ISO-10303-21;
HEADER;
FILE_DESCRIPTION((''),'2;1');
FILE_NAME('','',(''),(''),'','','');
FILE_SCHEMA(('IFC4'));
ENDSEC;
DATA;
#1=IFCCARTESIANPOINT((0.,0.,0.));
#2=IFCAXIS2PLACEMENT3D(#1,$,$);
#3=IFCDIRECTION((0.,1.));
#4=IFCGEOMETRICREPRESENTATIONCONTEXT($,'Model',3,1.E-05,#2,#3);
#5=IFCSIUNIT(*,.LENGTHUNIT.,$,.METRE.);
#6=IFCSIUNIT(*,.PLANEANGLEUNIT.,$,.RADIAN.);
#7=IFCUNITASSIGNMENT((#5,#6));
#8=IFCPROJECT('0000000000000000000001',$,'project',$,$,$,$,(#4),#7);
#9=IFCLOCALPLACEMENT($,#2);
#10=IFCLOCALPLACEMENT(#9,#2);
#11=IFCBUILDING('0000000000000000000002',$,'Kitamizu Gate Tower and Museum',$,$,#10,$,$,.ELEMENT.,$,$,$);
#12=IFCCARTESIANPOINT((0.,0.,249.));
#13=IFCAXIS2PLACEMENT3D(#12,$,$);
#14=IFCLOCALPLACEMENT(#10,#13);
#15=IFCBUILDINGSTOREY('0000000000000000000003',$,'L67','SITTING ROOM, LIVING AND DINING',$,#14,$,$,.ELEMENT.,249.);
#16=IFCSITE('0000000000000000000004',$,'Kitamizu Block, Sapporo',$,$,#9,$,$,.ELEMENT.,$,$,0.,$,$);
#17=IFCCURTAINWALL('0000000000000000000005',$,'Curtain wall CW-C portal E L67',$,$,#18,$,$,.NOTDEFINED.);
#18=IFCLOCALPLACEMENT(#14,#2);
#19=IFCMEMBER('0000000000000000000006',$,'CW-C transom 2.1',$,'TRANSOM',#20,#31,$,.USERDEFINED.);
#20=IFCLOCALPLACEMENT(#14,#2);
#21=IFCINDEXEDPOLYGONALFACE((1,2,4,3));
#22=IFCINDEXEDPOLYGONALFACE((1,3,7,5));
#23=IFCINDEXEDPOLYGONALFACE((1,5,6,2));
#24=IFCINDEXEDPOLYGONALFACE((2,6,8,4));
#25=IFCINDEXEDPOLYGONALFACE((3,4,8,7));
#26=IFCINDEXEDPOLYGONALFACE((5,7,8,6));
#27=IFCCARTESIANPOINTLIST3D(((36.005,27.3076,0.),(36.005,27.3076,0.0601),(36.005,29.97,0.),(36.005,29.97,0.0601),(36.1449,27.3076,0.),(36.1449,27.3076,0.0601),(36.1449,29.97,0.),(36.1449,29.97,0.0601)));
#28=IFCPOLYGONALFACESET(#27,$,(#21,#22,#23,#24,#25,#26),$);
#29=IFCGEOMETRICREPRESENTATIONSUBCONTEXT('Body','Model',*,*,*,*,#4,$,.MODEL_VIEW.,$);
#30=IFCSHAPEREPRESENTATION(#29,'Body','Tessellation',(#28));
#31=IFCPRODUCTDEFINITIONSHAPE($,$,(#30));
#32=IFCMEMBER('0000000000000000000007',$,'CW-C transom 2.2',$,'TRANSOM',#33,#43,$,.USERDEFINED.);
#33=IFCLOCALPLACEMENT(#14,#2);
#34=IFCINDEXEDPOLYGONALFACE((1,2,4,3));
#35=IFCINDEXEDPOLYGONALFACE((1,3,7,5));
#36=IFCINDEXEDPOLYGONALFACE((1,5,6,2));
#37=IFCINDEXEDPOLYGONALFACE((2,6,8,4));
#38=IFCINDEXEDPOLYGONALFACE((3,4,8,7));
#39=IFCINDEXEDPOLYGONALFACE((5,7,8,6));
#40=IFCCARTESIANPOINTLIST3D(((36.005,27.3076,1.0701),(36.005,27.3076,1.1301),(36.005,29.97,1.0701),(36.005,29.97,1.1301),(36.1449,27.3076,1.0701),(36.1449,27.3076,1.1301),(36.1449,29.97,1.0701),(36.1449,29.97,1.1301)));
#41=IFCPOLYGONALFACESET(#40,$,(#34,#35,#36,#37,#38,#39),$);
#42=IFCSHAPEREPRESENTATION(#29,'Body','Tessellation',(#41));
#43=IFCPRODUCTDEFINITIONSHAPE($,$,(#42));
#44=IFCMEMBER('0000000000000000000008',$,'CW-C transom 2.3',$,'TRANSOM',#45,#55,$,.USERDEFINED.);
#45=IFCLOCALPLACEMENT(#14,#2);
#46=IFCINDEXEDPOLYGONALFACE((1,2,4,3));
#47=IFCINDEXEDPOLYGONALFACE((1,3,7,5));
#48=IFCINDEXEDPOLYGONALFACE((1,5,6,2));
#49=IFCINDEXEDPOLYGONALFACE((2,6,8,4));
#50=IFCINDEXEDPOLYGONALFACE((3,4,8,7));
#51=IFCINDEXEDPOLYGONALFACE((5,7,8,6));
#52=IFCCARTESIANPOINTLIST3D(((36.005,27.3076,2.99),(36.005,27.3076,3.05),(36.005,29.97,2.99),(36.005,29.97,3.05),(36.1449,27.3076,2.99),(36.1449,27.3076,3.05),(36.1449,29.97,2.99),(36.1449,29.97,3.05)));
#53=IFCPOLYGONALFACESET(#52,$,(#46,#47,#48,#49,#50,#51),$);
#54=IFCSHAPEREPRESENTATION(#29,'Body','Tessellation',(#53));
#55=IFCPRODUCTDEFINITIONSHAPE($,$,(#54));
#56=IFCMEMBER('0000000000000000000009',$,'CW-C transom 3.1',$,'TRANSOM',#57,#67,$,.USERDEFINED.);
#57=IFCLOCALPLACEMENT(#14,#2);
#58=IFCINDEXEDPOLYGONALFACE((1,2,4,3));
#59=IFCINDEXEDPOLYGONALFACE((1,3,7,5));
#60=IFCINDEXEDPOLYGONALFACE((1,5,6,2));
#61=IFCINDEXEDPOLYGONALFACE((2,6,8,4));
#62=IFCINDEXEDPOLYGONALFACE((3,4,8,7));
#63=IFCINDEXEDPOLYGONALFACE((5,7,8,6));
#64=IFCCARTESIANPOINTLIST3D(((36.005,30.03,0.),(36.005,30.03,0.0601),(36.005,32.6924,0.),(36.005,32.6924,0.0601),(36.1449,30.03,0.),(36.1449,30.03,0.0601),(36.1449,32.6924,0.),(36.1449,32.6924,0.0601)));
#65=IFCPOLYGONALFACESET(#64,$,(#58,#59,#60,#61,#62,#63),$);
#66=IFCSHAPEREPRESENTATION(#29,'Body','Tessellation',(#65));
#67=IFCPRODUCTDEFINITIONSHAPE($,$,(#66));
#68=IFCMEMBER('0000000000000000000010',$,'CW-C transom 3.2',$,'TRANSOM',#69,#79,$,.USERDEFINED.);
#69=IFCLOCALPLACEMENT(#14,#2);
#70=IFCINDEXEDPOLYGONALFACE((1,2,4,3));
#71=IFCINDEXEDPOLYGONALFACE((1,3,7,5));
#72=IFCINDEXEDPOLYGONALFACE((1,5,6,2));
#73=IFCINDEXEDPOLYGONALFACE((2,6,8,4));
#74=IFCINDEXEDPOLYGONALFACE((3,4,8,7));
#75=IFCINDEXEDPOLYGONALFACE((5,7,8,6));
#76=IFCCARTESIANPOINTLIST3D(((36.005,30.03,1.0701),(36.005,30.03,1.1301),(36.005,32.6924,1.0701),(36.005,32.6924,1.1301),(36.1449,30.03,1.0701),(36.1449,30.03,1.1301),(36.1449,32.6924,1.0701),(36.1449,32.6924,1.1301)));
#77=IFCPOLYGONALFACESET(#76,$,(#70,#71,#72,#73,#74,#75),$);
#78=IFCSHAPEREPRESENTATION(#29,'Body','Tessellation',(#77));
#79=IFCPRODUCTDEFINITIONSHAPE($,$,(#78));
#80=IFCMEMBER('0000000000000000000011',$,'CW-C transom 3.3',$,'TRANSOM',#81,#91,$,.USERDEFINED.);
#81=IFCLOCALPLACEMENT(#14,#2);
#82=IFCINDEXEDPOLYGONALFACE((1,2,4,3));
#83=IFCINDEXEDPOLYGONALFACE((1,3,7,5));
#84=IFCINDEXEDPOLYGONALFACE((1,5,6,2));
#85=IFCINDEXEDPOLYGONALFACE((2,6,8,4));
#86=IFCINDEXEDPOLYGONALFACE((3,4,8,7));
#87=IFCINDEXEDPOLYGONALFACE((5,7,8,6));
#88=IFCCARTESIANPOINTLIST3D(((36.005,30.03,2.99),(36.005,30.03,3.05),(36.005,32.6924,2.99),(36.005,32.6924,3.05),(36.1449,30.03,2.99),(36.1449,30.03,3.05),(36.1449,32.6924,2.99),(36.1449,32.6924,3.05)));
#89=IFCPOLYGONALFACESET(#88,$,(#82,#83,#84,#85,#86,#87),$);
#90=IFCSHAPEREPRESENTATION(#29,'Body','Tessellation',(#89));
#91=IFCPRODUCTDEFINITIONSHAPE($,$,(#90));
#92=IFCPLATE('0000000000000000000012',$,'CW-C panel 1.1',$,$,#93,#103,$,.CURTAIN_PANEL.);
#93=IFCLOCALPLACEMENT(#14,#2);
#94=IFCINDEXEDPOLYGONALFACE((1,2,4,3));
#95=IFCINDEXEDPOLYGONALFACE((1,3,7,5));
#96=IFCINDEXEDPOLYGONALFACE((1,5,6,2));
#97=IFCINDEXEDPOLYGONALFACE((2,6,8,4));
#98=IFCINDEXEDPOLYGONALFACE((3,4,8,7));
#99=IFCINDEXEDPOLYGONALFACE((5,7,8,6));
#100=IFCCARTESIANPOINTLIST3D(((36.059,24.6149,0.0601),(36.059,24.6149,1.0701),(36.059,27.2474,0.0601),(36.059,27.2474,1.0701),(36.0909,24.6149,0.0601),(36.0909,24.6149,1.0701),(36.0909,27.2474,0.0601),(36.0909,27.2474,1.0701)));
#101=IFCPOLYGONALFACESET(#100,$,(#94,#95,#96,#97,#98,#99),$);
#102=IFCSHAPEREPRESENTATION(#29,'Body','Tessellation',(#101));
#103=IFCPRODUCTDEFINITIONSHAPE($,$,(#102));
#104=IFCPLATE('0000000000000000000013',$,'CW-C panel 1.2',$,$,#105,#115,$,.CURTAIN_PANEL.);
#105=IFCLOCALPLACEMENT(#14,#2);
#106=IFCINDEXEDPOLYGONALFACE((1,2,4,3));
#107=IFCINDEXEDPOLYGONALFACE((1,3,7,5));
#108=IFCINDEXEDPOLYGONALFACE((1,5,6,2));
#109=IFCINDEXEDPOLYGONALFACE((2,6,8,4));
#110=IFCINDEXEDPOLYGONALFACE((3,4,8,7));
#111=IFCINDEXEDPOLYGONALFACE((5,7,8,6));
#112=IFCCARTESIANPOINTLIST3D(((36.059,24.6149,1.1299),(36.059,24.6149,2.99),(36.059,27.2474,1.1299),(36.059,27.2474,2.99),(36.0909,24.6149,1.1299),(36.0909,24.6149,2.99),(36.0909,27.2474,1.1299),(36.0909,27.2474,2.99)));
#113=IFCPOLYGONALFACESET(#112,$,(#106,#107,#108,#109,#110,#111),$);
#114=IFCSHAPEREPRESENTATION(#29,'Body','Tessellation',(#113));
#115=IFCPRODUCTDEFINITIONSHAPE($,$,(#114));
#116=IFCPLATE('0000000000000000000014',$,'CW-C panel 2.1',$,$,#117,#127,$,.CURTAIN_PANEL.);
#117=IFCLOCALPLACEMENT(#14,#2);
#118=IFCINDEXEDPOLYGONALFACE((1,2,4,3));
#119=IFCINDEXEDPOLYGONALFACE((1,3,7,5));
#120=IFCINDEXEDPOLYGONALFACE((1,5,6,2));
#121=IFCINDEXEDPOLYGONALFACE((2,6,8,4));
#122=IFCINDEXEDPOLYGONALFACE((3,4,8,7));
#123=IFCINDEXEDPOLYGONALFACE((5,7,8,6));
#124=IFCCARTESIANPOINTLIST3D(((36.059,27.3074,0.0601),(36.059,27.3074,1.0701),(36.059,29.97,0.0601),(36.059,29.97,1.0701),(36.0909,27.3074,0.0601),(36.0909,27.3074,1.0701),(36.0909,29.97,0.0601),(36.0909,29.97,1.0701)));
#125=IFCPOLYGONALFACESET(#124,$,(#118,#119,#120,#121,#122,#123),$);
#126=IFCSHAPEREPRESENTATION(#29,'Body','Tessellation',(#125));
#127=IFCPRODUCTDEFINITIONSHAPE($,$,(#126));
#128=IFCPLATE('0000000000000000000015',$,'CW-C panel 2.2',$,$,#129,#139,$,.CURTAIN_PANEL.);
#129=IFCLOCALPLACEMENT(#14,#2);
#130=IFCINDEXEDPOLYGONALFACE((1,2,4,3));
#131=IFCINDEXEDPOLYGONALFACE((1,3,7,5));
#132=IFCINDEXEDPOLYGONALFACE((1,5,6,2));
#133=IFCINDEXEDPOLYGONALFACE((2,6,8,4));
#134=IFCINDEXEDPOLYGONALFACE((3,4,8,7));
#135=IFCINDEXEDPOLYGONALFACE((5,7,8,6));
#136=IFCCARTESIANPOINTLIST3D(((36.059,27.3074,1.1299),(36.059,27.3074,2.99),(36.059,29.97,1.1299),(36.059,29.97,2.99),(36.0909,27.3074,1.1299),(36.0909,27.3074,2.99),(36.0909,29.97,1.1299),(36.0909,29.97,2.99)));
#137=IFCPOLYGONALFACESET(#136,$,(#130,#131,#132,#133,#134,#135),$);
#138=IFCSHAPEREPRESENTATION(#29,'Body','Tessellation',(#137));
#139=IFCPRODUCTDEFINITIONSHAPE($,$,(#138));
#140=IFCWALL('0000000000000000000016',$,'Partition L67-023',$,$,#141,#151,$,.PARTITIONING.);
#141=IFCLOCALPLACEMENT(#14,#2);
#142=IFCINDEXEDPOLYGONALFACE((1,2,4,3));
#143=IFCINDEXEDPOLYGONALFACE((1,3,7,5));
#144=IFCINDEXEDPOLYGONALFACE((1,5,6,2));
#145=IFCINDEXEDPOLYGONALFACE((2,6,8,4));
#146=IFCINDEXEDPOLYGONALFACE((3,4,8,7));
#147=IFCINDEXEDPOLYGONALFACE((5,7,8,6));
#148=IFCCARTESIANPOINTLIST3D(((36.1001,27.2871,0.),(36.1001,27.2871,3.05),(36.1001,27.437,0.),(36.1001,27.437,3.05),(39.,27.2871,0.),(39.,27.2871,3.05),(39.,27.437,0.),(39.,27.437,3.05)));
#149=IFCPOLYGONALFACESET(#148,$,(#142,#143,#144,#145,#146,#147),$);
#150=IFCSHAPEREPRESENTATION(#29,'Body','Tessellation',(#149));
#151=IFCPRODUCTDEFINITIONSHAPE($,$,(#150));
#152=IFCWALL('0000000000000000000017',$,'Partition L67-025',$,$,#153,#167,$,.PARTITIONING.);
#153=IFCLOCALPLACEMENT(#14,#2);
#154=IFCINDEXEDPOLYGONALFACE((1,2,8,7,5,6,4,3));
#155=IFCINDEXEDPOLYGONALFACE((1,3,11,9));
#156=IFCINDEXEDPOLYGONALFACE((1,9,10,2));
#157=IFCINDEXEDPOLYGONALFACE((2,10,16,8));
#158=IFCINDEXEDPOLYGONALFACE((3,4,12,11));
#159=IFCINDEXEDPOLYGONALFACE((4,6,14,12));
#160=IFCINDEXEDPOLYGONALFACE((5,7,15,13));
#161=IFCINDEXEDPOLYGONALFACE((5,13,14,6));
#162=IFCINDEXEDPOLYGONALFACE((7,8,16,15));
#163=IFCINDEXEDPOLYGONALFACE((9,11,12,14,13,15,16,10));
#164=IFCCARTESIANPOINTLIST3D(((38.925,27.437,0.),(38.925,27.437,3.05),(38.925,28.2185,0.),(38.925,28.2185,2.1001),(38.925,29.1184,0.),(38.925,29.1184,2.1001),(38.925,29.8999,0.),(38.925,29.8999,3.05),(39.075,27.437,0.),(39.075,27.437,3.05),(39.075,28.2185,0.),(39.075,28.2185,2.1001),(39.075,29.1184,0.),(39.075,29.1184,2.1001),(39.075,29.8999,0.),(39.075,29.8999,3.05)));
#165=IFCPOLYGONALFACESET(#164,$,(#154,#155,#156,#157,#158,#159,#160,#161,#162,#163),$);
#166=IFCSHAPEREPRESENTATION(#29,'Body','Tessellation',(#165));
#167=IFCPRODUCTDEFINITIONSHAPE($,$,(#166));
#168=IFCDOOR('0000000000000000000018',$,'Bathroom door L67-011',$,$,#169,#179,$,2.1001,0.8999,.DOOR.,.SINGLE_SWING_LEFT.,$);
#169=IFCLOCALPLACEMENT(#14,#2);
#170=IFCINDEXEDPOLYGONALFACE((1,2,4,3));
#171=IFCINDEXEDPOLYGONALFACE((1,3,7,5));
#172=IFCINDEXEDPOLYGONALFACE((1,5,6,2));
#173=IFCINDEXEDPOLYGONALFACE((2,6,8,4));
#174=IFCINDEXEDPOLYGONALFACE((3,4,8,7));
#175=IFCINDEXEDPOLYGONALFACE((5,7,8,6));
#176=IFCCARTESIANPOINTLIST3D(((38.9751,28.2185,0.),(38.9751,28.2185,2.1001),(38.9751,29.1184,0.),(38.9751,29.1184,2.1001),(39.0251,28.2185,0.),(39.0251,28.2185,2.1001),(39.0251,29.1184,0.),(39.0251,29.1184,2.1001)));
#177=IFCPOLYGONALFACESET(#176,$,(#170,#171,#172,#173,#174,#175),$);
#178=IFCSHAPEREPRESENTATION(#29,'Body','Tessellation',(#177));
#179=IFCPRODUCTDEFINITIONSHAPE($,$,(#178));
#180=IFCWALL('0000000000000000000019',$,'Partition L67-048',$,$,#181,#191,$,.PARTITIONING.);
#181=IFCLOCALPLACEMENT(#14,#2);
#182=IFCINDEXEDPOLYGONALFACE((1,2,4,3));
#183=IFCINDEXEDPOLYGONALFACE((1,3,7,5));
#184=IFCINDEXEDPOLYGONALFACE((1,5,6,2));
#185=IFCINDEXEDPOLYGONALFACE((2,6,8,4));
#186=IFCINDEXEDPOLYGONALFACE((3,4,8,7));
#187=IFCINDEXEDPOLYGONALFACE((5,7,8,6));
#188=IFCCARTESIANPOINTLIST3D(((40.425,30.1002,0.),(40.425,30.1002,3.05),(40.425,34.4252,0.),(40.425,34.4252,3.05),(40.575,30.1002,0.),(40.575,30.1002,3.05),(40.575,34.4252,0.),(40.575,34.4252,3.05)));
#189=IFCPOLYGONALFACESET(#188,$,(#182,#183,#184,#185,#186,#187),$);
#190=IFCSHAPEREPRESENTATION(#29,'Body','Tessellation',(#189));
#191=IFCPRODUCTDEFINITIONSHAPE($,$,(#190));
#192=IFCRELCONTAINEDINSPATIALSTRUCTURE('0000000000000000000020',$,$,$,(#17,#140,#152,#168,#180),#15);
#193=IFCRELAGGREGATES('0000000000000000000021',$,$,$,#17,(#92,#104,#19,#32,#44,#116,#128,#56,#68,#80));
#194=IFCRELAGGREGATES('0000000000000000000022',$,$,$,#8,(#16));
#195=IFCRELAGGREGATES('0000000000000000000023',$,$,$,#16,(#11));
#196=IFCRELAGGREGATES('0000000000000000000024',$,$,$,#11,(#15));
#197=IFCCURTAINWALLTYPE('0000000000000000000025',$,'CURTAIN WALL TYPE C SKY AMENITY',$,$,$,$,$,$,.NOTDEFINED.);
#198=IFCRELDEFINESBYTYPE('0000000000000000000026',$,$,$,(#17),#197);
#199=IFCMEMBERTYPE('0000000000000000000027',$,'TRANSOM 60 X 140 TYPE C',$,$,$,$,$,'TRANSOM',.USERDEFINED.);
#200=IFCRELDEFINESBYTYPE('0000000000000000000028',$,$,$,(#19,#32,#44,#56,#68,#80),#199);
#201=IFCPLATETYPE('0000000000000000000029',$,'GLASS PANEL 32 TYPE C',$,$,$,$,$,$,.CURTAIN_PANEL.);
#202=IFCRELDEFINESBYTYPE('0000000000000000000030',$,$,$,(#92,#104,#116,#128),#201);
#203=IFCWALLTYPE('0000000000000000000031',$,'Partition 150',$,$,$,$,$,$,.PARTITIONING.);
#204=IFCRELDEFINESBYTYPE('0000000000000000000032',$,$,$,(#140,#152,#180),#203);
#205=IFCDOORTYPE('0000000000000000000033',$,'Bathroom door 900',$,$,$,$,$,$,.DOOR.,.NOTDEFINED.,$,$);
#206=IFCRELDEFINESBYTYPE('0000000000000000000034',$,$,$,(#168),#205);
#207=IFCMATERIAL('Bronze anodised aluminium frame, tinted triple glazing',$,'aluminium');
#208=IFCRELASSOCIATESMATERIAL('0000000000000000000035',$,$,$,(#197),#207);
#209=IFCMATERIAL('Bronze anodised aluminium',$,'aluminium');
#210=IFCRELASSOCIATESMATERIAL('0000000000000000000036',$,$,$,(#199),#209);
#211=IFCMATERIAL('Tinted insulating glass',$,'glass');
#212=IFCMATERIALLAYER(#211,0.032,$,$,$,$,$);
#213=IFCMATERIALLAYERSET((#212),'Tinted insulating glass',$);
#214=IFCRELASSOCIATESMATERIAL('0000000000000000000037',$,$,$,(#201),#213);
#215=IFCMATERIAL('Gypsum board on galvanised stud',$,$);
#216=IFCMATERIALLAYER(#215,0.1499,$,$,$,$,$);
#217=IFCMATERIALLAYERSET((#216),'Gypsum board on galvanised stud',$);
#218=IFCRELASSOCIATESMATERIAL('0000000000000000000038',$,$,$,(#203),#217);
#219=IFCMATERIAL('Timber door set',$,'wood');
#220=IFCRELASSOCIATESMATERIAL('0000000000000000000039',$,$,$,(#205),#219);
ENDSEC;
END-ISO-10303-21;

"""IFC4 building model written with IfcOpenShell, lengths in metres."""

from ifc_helpers import new_model, si_unit, direction, frame, frame_2d, origin, origin_2d, place, context, subcontext, project, spatial, rectangle, extrude, material, layer, layer_set, material_profile, profile_set, type_object, element, fill, aggregate, save


model = new_model("IFC4")

# Units and contexts
model_context = context("Model", 3, precision=1e-05, world=origin(), true_north=direction((0.0, 1.0)))
body_context = subcontext(model_context, "Body", "Model", "MODEL_VIEW")
ifc_project = project(units=[si_unit("LENGTHUNIT", "METRE"), si_unit("PLANEANGLEUNIT", "RADIAN")], contexts=[model_context])

# Site, building, storey
site_placement = place(None, origin())
site = spatial("IfcSite", under=ifc_project, at=site_placement, Name="Kitamizu Block, Sapporo", CompositionType="ELEMENT", RefElevation=0.0)
building_placement = place(site_placement, origin())
building = spatial("IfcBuilding", under=site, at=building_placement, Name="Kitamizu Gate Tower and Museum", CompositionType="ELEMENT")
storey_placement = place(building_placement, frame((0.0, 0.0, 249.0)))
storey = spatial("IfcBuildingStorey", under=building, at=storey_placement, Name="L67", Description="SITTING ROOM, LIVING AND DINING", CompositionType="ELEMENT", Elevation=249.0)

# Curtain wall, members, plates
ifc_material_1 = material(Name="Bronze anodised aluminium frame, tinted triple glazing", Category="aluminium")
curtain_wall_type = type_object("IfcCurtainWallType", Name="CURTAIN WALL TYPE C SKY AMENITY", PredefinedType="NOTDEFINED", material=ifc_material_1)
curtain_wall_placement = place(storey_placement, origin())
curtain_wall = element("IfcCurtainWall", 1, at=curtain_wall_placement, inside=storey, type_object=curtain_wall_type, Name="Curtain wall CW-C portal E L67", PredefinedType="NOTDEFINED")
ifc_material_2 = material(Name="Bronze anodised aluminium", Category="aluminium")
ifc_material_profile = material_profile(ifc_material_2, rectangle(XDim=0.1399, YDim=0.0601, at=origin_2d()), Name="AL 60X140")
ifc_profile_set = profile_set([ifc_material_profile], Name="Bronze anodised aluminium")
member_type = type_object("IfcMemberType", Name="TRANSOM 60 X 140 TYPE C", ElementType="TRANSOM", PredefinedType="USERDEFINED", material=ifc_profile_set)
member_1_placement = place(storey_placement, frame((36.075, 27.3076, 0.03), z_axis=(0.0, 1.0, 0.0), x_axis=(-1.0, 0.0, 0.0)))
member_1 = element("IfcMember", 2, at=member_1_placement, type_object=member_type, Name="CW-C transom 2.1", ObjectType="TRANSOM", PredefinedType="USERDEFINED", context=body_context, shape_type="SweptSolid", body=[
    extrude(rectangle(XDim=0.1399, YDim=0.0601, at=origin_2d()), origin(), (0.0, 0.0, 1.0), 2.6624),
])
member_2_placement = place(storey_placement, frame((36.075, 27.3076, 1.1001), z_axis=(0.0, 1.0, 0.0), x_axis=(-1.0, 0.0, 0.0)))
member_2 = element("IfcMember", 3, at=member_2_placement, type_object=member_type, Name="CW-C transom 2.2", ObjectType="TRANSOM", PredefinedType="USERDEFINED", context=body_context, shape_type="SweptSolid", body=[
    extrude(rectangle(XDim=0.1399, YDim=0.0601, at=origin_2d()), origin(), (0.0, 0.0, 1.0), 2.6624),
])
member_3_placement = place(storey_placement, frame((36.075, 27.3076, 3.02), z_axis=(0.0, 1.0, 0.0), x_axis=(-1.0, 0.0, 0.0)))
member_3 = element("IfcMember", 4, at=member_3_placement, type_object=member_type, Name="CW-C transom 2.3", ObjectType="TRANSOM", PredefinedType="USERDEFINED", context=body_context, shape_type="SweptSolid", body=[
    extrude(rectangle(XDim=0.1399, YDim=0.0601, at=origin_2d()), origin(), (0.0, 0.0, 1.0), 2.6624),
])
member_4_placement = place(storey_placement, frame((36.075, 30.03, 0.03), z_axis=(0.0, 1.0, 0.0), x_axis=(-1.0, 0.0, 0.0)))
member_4 = element("IfcMember", 5, at=member_4_placement, type_object=member_type, Name="CW-C transom 3.1", ObjectType="TRANSOM", PredefinedType="USERDEFINED", context=body_context, shape_type="SweptSolid", body=[
    extrude(rectangle(XDim=0.1399, YDim=0.0601, at=origin_2d()), origin(), (0.0, 0.0, 1.0), 2.6624),
])
member_5_placement = place(storey_placement, frame((36.075, 30.03, 1.1001), z_axis=(0.0, 1.0, 0.0), x_axis=(-1.0, 0.0, 0.0)))
member_5 = element("IfcMember", 6, at=member_5_placement, type_object=member_type, Name="CW-C transom 3.2", ObjectType="TRANSOM", PredefinedType="USERDEFINED", context=body_context, shape_type="SweptSolid", body=[
    extrude(rectangle(XDim=0.1399, YDim=0.0601, at=origin_2d()), origin(), (0.0, 0.0, 1.0), 2.6624),
])
member_6_placement = place(storey_placement, frame((36.075, 30.03, 3.02), z_axis=(0.0, 1.0, 0.0), x_axis=(-1.0, 0.0, 0.0)))
member_6 = element("IfcMember", 7, at=member_6_placement, type_object=member_type, Name="CW-C transom 3.3", ObjectType="TRANSOM", PredefinedType="USERDEFINED", context=body_context, shape_type="SweptSolid", body=[
    extrude(rectangle(XDim=0.1399, YDim=0.0601, at=origin_2d()), origin(), (0.0, 0.0, 1.0), 2.6624),
])
ifc_material_3 = material(Name="Tinted insulating glass", Category="glass")
ifc_layer_1 = layer(ifc_material_3, 0.032)
ifc_layer_set_1 = layer_set([ifc_layer_1], Name="Tinted insulating glass")
plate_type = type_object("IfcPlateType", Name="GLASS PANEL 32 TYPE C", PredefinedType="CURTAIN_PANEL", material=ifc_layer_set_1)
plate_1_placement = place(storey_placement, frame((36.075, 25.9312, 0.0601), z_axis=(0.0, 0.0, 1.0), x_axis=(0.0, 1.0, 0.0)))
plate_1 = element("IfcPlate", 8, at=plate_1_placement, type_object=plate_type, Name="CW-C panel 1.1", PredefinedType="CURTAIN_PANEL", context=body_context, shape_type="SweptSolid", body=[
    extrude(rectangle(XDim=2.6326, YDim=0.032, at=origin_2d()), origin(), (0.0, 0.0, 1.0), 1.01),
])
plate_2_placement = place(storey_placement, frame((36.075, 25.9312, 1.1299), z_axis=(0.0, 0.0, 1.0), x_axis=(0.0, 1.0, 0.0)))
plate_2 = element("IfcPlate", 9, at=plate_2_placement, type_object=plate_type, Name="CW-C panel 1.2", PredefinedType="CURTAIN_PANEL", context=body_context, shape_type="SweptSolid", body=[
    extrude(rectangle(XDim=2.6326, YDim=0.032, at=origin_2d()), origin(), (0.0, 0.0, 1.0), 1.8601),
])
plate_3_placement = place(storey_placement, frame((36.075, 28.6387, 0.0601), z_axis=(0.0, 0.0, 1.0), x_axis=(0.0, 1.0, 0.0)))
plate_3 = element("IfcPlate", 10, at=plate_3_placement, type_object=plate_type, Name="CW-C panel 2.1", PredefinedType="CURTAIN_PANEL", context=body_context, shape_type="SweptSolid", body=[
    extrude(rectangle(XDim=2.6626, YDim=0.032, at=origin_2d()), origin(), (0.0, 0.0, 1.0), 1.01),
])
plate_4_placement = place(storey_placement, frame((36.075, 28.6387, 1.1299), z_axis=(0.0, 0.0, 1.0), x_axis=(0.0, 1.0, 0.0)))
plate_4 = element("IfcPlate", 11, at=plate_4_placement, type_object=plate_type, Name="CW-C panel 2.2", PredefinedType="CURTAIN_PANEL", context=body_context, shape_type="SweptSolid", body=[
    extrude(rectangle(XDim=2.6626, YDim=0.032, at=origin_2d()), origin(), (0.0, 0.0, 1.0), 1.8601),
])
aggregate(curtain_wall, [plate_1, plate_2, member_1, member_2, member_3, plate_3, plate_4, member_4, member_5, member_6])

# Wall
ifc_material_4 = material(Name="Gypsum board on galvanised stud")
ifc_layer_2 = layer(ifc_material_4, 0.1499)
ifc_layer_set_2 = layer_set([ifc_layer_2], Name="Gypsum board on galvanised stud")
wall_type_1 = type_object("IfcWallType", Name="Partition 150", PredefinedType="PARTITIONING", material=ifc_layer_set_2)
wall_1_placement = place(storey_placement, frame((39.0, 27.3621, 0.0), z_axis=(0.0, 0.0, 1.0), x_axis=(-1.0, 0.0, 0.0)))
element("IfcWall", 12, at=wall_1_placement, inside=storey, type_object=wall_type_1, Name="Partition L67-023", PredefinedType="PARTITIONING", context=body_context, shape_type="SweptSolid", body=[
    extrude(rectangle(XDim=2.8999, YDim=0.1499, at=frame_2d((1.45, 0.0))), origin(), (0.0, 0.0, 1.0), 3.05),
])

# Wall, opening, door
wall_2_placement = place(storey_placement, frame((39.0, 27.437, 0.0), z_axis=(0.0, 0.0, 1.0), x_axis=(0.0, 1.0, 0.0)))
wall_2 = element("IfcWall", 13, at=wall_2_placement, inside=storey, type_object=wall_type_1, Name="Partition L67-025", PredefinedType="PARTITIONING", context=body_context, shape_type="SweptSolid", body=[
    extrude(rectangle(XDim=2.4629, YDim=0.1499, at=frame_2d((1.2314, 0.0))), origin(), (0.0, 0.0, 1.0), 3.05),
])
opening_placement = place(wall_2_placement, frame((0.7815, 0.0, 0.0)))
opening = element("IfcOpeningElement", 14, at=opening_placement, cuts=wall_2, PredefinedType="OPENING", context=body_context, shape_type="SweptSolid", body=[
    extrude(rectangle(XDim=0.8999, YDim=2.1001, at=frame_2d((0.45, 1.05))), frame((0.0, 0.085, 0.0), z_axis=(0.0, -1.0, 0.0), x_axis=(1.0, 0.0, 0.0)), (0.0, 0.0, 1.0), 0.1699),
])
ifc_material_5 = material(Name="Timber door set", Category="wood")
door_type = type_object("IfcDoorType", Name="Bathroom door 900", OperationType="NOTDEFINED", PredefinedType="DOOR", material=ifc_material_5)
door_placement = place(opening_placement, origin())
door = element("IfcDoor", 15, at=door_placement, inside=storey, type_object=door_type, Name="Bathroom door L67-011", OperationType="SINGLE_SWING_LEFT", OverallHeight=2.1001, OverallWidth=0.8999, PredefinedType="DOOR", context=body_context, shape_type="SweptSolid", body=[
    extrude(rectangle(XDim=0.8999, YDim=2.1001, at=frame_2d((0.45, 1.05))), frame((0.0, 0.0249, 0.0), z_axis=(0.0, -1.0, 0.0), x_axis=(1.0, 0.0, 0.0)), (0.0, 0.0, 1.0), 0.05),
])
fill(opening, door)

# Wall
wall_3_placement = place(storey_placement, frame((40.5, 30.1001, 0.0), z_axis=(0.0, 0.0, 1.0), x_axis=(0.0, 1.0, 0.0)))
element("IfcWall", 16, at=wall_3_placement, inside=storey, type_object=wall_type_1, Name="Partition L67-048", PredefinedType="PARTITIONING", context=body_context, shape_type="SweptSolid", body=[
    extrude(rectangle(XDim=4.325, YDim=0.1499, at=frame_2d((2.1626, 0.0))), origin(), (0.0, 0.0, 1.0), 3.05),
])

save(model, "model.ifc")
